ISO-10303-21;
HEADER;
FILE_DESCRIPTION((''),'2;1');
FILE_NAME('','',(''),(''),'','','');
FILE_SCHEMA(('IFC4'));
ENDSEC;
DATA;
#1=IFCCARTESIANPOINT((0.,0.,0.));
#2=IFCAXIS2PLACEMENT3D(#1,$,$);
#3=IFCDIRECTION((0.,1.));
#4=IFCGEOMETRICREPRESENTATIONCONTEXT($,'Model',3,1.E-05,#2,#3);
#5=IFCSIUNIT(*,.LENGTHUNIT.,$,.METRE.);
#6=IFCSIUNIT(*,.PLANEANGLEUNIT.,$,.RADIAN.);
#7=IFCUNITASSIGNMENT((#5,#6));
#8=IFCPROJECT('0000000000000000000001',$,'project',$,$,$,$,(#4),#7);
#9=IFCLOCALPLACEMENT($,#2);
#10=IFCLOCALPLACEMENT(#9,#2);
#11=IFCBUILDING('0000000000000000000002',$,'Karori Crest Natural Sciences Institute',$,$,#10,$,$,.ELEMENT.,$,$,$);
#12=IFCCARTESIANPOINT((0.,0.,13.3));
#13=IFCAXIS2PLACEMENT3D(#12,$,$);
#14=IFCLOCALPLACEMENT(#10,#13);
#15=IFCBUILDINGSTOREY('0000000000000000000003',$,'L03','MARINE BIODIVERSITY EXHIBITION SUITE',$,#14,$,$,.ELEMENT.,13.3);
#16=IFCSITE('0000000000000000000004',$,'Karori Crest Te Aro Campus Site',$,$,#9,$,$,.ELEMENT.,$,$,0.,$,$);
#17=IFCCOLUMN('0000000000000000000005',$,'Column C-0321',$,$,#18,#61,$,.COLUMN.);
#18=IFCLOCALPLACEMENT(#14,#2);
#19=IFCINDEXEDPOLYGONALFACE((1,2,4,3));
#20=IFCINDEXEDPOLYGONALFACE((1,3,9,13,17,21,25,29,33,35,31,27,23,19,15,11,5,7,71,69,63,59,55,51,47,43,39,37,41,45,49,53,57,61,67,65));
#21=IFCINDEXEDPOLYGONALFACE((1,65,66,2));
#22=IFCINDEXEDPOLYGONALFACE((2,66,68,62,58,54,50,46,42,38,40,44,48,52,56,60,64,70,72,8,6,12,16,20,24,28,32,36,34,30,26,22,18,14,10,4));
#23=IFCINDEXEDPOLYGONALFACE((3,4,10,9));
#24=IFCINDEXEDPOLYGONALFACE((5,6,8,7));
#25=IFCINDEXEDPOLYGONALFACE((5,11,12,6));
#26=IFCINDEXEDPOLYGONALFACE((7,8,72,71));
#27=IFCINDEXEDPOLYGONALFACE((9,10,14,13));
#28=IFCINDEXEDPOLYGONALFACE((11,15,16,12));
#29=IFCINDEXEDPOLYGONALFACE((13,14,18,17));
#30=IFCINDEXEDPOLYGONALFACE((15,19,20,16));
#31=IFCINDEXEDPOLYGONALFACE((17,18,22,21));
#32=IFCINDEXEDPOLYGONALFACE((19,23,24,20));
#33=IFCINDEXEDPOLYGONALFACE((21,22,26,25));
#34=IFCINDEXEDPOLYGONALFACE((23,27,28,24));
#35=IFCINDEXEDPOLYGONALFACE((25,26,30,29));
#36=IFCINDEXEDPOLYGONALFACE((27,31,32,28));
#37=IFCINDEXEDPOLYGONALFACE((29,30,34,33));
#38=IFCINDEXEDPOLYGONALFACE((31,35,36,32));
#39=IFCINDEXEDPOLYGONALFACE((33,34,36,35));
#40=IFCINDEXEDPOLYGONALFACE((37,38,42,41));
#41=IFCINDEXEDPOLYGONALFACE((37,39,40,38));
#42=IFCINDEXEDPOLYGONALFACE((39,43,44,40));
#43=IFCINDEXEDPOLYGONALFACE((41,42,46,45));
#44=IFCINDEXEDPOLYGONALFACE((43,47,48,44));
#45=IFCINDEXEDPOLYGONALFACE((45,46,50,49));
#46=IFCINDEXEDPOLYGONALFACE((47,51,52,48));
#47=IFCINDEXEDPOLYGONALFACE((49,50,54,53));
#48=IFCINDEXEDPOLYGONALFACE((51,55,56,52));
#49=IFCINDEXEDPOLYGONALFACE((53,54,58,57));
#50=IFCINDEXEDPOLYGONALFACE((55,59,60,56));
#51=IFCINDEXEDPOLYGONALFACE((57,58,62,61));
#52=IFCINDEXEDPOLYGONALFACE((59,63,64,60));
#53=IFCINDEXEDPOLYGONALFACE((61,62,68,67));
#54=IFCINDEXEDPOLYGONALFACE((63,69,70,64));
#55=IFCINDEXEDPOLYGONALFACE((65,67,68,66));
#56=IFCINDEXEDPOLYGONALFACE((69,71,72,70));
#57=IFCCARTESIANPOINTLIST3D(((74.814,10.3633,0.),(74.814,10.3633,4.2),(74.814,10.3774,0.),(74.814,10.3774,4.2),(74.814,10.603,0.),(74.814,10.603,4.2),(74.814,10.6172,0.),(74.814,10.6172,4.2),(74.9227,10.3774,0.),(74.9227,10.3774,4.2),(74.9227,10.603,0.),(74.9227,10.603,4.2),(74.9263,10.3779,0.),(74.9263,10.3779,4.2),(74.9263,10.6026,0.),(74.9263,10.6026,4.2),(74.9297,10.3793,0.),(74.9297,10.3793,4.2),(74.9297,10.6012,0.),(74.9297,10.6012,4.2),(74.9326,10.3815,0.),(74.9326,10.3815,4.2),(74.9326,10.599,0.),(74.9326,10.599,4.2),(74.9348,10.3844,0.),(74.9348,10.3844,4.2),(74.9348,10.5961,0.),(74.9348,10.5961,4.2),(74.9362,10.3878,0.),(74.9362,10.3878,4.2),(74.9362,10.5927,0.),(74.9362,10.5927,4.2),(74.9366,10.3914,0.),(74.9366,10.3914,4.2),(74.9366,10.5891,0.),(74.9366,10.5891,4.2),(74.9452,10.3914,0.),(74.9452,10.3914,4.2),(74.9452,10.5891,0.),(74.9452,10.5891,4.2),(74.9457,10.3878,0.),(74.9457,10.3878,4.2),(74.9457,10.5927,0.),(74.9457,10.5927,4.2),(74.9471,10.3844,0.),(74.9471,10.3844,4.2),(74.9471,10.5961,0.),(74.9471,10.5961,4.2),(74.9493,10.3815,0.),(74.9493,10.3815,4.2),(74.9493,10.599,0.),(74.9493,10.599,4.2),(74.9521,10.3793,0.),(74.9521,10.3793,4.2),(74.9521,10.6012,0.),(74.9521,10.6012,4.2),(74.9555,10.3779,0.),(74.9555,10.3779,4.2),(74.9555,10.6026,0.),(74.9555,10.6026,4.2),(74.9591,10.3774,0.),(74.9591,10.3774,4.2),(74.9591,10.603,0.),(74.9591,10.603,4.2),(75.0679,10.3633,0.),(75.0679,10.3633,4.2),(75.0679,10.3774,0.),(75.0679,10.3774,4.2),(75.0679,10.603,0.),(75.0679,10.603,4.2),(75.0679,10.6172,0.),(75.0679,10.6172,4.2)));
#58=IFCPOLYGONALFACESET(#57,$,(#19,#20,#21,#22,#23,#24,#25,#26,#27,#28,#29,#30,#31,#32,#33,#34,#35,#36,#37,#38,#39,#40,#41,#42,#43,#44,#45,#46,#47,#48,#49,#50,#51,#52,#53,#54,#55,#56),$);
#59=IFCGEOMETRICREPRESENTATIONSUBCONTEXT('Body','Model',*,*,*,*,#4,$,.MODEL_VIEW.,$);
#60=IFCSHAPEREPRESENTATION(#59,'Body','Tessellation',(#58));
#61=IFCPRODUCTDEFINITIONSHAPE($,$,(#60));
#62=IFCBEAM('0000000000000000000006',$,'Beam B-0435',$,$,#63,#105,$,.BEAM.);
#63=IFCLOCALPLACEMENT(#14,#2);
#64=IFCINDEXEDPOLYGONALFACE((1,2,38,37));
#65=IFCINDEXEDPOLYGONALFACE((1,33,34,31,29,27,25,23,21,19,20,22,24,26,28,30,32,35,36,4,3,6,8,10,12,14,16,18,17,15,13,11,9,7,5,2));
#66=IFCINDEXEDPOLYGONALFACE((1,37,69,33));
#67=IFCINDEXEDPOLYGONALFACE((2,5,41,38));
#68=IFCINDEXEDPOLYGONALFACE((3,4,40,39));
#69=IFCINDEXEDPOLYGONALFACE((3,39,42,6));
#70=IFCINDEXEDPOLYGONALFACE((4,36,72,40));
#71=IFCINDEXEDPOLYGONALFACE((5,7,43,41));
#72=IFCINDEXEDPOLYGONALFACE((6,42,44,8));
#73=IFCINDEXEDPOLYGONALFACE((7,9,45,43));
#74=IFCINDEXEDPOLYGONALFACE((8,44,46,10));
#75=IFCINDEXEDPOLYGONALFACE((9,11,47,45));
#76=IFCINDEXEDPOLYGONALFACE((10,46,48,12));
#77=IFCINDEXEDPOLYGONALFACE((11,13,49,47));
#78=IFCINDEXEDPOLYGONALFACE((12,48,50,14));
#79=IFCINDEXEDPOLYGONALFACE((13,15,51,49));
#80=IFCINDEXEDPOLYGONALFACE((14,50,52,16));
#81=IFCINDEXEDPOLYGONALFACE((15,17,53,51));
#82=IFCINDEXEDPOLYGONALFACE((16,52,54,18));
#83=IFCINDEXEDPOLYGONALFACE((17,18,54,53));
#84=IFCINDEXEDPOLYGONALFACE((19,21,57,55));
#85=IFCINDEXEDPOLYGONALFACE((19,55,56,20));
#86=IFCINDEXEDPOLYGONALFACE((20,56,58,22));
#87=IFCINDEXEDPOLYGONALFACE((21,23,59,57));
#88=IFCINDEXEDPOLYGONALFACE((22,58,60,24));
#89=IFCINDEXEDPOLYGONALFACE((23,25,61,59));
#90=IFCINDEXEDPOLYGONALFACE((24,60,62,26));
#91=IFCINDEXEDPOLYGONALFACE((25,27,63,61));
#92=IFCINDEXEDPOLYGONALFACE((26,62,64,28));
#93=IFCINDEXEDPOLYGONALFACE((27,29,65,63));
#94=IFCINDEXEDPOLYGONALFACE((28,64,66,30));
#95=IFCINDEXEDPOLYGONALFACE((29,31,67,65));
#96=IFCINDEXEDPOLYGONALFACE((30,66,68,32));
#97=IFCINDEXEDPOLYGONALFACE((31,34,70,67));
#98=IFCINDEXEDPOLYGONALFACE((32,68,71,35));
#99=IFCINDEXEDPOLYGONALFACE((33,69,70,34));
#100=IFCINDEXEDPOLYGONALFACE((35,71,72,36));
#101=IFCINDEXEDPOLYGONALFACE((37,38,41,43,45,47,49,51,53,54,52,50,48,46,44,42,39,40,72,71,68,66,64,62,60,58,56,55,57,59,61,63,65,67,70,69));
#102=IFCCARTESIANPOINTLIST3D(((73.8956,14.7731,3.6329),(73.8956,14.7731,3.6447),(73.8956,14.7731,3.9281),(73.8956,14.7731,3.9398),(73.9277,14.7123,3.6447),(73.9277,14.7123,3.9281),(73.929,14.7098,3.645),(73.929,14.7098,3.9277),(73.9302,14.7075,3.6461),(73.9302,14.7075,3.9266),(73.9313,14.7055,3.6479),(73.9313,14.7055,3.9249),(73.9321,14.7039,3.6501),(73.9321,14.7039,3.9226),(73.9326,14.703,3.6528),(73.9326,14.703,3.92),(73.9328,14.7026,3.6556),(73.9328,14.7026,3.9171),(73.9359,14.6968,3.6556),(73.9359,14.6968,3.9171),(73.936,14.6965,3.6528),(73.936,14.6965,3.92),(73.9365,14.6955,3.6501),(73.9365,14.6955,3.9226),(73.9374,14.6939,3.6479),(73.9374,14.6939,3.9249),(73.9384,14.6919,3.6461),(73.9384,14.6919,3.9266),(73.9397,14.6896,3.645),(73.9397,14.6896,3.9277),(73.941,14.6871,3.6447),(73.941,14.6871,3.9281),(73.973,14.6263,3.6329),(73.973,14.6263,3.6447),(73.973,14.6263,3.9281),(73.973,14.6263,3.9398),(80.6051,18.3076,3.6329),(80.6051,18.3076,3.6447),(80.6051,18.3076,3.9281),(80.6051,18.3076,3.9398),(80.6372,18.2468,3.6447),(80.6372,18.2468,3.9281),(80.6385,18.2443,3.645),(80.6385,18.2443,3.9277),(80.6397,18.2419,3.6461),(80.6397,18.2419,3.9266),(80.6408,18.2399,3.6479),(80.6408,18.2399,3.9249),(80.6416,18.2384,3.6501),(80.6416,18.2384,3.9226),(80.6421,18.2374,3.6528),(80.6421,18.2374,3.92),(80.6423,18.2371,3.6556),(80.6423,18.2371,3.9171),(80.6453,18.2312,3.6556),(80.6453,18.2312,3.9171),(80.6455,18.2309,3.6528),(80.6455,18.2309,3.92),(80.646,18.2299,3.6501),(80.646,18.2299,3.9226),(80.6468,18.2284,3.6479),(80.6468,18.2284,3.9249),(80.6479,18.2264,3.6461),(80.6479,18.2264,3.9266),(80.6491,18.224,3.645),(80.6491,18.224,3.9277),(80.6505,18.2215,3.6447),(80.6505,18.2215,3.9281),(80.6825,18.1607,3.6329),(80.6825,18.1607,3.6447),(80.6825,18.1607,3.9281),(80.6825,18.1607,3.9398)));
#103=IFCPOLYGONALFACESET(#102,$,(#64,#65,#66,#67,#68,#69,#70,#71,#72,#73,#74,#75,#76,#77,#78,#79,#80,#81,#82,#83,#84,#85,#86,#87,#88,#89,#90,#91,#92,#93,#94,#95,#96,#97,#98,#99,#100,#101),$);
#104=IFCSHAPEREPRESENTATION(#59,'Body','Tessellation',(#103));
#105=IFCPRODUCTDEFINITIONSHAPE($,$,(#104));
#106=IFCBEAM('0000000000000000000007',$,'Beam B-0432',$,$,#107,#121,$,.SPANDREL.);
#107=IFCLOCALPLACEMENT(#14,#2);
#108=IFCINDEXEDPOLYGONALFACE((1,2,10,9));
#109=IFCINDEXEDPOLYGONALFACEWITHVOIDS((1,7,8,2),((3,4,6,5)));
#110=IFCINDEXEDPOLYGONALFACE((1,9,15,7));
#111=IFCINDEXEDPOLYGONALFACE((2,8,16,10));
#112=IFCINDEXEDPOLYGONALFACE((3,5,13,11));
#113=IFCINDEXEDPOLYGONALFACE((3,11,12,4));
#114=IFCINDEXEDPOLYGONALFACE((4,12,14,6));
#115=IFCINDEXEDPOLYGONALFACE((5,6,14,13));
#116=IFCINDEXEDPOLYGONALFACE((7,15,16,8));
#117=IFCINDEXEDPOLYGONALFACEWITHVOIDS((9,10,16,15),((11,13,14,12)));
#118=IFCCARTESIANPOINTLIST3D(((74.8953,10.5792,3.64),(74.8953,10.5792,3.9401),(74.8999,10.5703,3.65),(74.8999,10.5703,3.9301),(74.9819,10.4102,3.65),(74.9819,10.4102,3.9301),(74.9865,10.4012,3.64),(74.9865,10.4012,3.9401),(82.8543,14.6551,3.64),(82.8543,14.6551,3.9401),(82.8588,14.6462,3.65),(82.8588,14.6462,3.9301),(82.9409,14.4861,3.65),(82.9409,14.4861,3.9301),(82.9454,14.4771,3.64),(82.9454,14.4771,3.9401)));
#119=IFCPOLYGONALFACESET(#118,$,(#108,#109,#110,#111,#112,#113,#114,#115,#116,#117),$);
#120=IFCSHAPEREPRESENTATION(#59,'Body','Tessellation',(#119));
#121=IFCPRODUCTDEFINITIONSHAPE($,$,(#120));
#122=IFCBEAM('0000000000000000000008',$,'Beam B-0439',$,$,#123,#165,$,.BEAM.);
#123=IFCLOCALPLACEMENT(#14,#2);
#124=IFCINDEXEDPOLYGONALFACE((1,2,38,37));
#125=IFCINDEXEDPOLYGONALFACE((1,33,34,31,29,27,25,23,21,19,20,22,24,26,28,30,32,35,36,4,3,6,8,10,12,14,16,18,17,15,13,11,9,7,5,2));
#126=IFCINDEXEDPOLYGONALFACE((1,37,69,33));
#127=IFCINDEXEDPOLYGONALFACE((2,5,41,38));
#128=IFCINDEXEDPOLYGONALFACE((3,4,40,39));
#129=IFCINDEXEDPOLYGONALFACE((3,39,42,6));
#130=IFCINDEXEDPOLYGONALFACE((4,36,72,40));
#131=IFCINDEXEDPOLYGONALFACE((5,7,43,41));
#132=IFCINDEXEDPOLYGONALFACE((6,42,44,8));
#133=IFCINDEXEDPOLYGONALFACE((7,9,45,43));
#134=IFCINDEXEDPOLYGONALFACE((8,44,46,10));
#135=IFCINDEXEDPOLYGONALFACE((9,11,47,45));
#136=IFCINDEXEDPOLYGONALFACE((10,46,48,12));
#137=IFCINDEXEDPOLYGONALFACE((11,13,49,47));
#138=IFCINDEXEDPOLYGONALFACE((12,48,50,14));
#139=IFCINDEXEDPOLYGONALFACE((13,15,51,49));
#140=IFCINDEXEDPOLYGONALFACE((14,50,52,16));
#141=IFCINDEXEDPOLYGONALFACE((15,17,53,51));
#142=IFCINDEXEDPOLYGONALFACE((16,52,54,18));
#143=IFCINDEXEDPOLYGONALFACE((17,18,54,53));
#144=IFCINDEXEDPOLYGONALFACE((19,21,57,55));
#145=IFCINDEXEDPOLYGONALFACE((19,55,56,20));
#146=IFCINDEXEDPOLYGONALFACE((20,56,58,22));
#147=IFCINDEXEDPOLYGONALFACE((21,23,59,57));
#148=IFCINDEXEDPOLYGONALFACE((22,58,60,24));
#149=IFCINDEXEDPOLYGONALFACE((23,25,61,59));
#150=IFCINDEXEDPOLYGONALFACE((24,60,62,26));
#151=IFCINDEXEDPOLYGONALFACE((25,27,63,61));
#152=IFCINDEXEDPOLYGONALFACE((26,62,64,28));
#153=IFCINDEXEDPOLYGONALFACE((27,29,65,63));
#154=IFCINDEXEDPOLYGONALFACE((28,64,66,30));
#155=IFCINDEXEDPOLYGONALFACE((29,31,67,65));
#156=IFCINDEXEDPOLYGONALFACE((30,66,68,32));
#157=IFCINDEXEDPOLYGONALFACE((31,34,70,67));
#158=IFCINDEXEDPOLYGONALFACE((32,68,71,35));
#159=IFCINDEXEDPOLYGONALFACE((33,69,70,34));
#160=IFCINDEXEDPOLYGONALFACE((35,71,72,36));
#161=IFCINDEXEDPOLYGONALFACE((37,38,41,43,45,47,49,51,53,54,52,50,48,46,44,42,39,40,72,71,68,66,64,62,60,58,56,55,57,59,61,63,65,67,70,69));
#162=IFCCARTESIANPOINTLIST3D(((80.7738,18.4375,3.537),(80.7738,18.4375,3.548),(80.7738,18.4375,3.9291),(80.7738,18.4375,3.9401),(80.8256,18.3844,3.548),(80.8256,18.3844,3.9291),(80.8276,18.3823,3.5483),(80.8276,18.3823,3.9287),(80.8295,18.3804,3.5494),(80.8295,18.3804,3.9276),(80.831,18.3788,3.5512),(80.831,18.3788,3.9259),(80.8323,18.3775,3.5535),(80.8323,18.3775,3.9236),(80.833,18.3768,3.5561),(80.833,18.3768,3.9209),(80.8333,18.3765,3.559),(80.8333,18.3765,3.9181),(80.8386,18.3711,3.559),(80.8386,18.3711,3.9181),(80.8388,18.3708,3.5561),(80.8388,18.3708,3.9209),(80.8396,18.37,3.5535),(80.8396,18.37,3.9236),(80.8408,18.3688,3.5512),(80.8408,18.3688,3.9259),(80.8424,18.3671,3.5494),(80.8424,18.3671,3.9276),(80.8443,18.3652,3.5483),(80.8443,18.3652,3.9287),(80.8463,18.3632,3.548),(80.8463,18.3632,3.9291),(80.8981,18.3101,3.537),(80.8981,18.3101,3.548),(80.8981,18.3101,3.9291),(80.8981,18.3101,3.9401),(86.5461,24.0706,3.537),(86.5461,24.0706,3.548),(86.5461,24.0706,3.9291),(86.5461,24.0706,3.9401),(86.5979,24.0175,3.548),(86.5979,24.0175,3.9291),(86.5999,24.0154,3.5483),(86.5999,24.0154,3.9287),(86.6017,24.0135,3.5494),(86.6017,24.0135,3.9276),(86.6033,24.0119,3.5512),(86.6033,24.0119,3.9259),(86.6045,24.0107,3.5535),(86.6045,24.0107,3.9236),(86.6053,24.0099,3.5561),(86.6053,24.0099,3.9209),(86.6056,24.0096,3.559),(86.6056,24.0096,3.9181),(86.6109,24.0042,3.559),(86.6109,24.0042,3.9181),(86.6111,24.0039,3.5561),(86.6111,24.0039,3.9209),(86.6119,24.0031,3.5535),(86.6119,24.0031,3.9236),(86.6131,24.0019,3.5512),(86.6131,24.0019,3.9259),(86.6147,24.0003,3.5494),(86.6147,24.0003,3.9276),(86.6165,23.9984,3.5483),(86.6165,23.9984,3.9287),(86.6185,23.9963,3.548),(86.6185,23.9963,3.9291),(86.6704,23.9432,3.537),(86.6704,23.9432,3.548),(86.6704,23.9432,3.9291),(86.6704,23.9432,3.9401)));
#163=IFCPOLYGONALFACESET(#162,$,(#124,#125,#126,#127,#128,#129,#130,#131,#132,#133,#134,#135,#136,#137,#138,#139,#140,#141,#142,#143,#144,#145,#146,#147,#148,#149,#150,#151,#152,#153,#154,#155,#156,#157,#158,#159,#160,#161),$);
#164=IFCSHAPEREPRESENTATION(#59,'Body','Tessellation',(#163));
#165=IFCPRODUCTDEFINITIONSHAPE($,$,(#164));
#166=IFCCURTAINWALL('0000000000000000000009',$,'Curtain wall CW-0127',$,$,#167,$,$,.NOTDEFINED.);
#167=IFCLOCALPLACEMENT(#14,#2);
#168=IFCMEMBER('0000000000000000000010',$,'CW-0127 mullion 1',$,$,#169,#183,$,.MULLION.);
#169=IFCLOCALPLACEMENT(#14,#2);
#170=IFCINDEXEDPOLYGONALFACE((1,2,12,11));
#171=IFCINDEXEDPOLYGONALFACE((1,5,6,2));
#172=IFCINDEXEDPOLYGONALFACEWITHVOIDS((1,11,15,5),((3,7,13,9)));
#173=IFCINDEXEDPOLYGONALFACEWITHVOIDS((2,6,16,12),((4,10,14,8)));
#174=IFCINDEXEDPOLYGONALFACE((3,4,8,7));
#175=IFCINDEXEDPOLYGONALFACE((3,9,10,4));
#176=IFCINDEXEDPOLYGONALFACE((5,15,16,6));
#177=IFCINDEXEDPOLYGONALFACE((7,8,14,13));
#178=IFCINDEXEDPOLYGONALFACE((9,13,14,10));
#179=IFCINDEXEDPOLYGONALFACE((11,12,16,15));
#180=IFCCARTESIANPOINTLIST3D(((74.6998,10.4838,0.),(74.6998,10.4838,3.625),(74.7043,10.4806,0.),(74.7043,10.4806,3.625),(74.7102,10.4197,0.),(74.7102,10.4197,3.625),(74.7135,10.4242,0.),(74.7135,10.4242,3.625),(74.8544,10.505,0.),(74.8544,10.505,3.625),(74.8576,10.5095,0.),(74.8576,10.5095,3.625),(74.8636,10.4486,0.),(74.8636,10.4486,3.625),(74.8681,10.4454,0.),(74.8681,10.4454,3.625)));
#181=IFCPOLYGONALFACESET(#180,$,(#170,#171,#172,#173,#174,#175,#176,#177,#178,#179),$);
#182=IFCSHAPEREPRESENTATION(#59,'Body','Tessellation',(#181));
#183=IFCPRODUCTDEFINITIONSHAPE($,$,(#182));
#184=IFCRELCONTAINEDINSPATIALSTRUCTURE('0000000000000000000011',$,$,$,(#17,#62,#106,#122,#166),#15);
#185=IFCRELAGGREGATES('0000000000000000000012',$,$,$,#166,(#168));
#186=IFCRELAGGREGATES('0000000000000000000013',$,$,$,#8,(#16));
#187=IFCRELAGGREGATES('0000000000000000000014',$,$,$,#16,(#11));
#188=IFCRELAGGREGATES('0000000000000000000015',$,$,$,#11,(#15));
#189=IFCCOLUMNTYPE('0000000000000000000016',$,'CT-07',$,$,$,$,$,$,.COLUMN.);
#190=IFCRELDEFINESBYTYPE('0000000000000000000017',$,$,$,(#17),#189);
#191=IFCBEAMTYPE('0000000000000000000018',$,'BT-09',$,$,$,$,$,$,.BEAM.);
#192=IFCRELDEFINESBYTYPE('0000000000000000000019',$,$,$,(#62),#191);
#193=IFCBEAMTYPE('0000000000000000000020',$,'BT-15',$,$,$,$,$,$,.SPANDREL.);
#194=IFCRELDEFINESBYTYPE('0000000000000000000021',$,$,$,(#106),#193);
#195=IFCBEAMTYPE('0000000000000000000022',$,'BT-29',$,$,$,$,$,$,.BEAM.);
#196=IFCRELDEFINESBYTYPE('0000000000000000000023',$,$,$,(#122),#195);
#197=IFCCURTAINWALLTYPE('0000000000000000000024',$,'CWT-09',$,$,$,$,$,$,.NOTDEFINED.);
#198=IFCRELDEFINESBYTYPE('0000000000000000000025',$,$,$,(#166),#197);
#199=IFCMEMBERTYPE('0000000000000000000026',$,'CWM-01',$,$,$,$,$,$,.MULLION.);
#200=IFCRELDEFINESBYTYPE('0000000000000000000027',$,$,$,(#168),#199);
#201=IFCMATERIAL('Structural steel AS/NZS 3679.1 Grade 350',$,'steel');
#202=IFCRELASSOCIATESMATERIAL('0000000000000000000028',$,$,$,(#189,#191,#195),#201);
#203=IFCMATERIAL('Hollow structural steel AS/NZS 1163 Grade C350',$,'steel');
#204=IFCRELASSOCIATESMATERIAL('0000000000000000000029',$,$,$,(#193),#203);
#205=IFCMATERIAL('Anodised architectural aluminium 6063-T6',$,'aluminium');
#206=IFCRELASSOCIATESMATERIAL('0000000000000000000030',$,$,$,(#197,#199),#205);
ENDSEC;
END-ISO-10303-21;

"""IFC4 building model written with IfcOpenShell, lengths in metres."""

from ifc_helpers import new_model, si_unit, direction, frame, origin, origin_2d, place, context, subcontext, project, spatial, hollow_rectangle, i_section, extrude, material, material_profile, profile_set, type_object, element, aggregate, save


model = new_model("IFC4")

# Units and contexts
model_context = context("Model", 3, precision=1e-05, world=origin(), true_north=direction((0.0, 1.0)))
body_context = subcontext(model_context, "Body", "Model", "MODEL_VIEW")
ifc_project = project(units=[si_unit("LENGTHUNIT", "METRE"), si_unit("PLANEANGLEUNIT", "RADIAN")], contexts=[model_context])

# Site, building, storey
site_placement = place(None, origin())
site = spatial("IfcSite", under=ifc_project, at=site_placement, Name="Karori Crest Te Aro Campus Site", CompositionType="ELEMENT", RefElevation=0.0)
building_placement = place(site_placement, origin())
building = spatial("IfcBuilding", under=site, at=building_placement, Name="Karori Crest Natural Sciences Institute", CompositionType="ELEMENT")
storey_placement = place(building_placement, frame((0.0, 0.0, 13.3)))
storey = spatial("IfcBuildingStorey", under=building, at=storey_placement, Name="L03", Description="MARINE BIODIVERSITY EXHIBITION SUITE", CompositionType="ELEMENT", Elevation=13.3)

# Column
ifc_material_1 = material(Name="Structural steel AS/NZS 3679.1 Grade 350", Category="steel")
ifc_material_profile_1 = material_profile(ifc_material_1, i_section(OverallWidth=0.2539, OverallDepth=0.2539, WebThickness=0.0085, FlangeThickness=0.0142, FilletRadius=0.0139, at=origin_2d()), Name="250UC72.9")
ifc_profile_set_1 = profile_set([ifc_material_profile_1], Name="Structural steel AS/NZS 3679.1 Grade 350")
column_type = type_object("IfcColumnType", Name="CT-07", PredefinedType="COLUMN", material=ifc_profile_set_1)
column_placement = place(storey_placement, frame((74.9409, 10.4902, 0.0), z_axis=(0.0, 0.0, 1.0), x_axis=(1.0, 0.0, 0.0)))
element("IfcColumn", 1, at=column_placement, inside=storey, type_object=column_type, Name="Column C-0321", PredefinedType="COLUMN", context=body_context, shape_type="SweptSolid", body=[
    extrude(i_section(OverallWidth=0.2539, OverallDepth=0.2539, WebThickness=0.0085, FlangeThickness=0.0142, FilletRadius=0.0139, at=origin_2d()), origin(), (0.0, 0.0, 1.0), 4.2),
])

# Beams
ifc_material_profile_2 = material_profile(ifc_material_1, i_section(OverallWidth=0.166, OverallDepth=0.3069, WebThickness=0.0066, FlangeThickness=0.0117, FilletRadius=0.011, at=origin_2d()), Name="310UB46.2")
ifc_profile_set_2 = profile_set([ifc_material_profile_2], Name="Structural steel AS/NZS 3679.1 Grade 350")
beam_type_1 = type_object("IfcBeamType", Name="BT-09", PredefinedType="BEAM", material=ifc_profile_set_2)
beam_1_placement = place(storey_placement, frame((73.9343, 14.6997, 3.7864), z_axis=(0.884748, 0.466069, 0.0), x_axis=(-0.466069, 0.884748, 0.0)))
element("IfcBeam", 2, at=beam_1_placement, inside=storey, type_object=beam_type_1, Name="Beam B-0435", PredefinedType="BEAM", context=body_context, shape_type="SweptSolid", body=[
    extrude(i_section(OverallWidth=0.166, OverallDepth=0.3069, WebThickness=0.0066, FlangeThickness=0.0117, FilletRadius=0.011, at=origin_2d()), origin(), (0.0, 0.0, 1.0), 7.5835),
])
ifc_material_2 = material(Name="Hollow structural steel AS/NZS 1163 Grade C350", Category="steel")
ifc_material_profile_3 = material_profile(ifc_material_2, hollow_rectangle(XDim=0.2, YDim=0.3, WallThickness=0.01, at=origin_2d()), Name="RHS300x200x10")
ifc_profile_set_3 = profile_set([ifc_material_profile_3], Name="Hollow structural steel AS/NZS 1163 Grade C350")
beam_type_2 = type_object("IfcBeamType", Name="BT-15", PredefinedType="SPANDREL", material=ifc_profile_set_3)
beam_2_placement = place(storey_placement, frame((74.9409, 10.4902, 3.79), z_axis=(0.890072, 0.45582, 0.0), x_axis=(-0.45582, 0.890072, 0.0)))
element("IfcBeam", 3, at=beam_2_placement, inside=storey, type_object=beam_type_2, Name="Beam B-0432", PredefinedType="SPANDREL", context=body_context, shape_type="SweptSolid", body=[
    extrude(hollow_rectangle(XDim=0.2, YDim=0.3, WallThickness=0.01, at=origin_2d()), origin(), (0.0, 0.0, 1.0), 8.9419),
])
ifc_material_profile_4 = material_profile(ifc_material_1, i_section(OverallWidth=0.178, OverallDepth=0.4031, WebThickness=0.0076, FlangeThickness=0.011, FilletRadius=0.011, at=origin_2d()), Name="410UB53.7")
ifc_profile_set_4 = profile_set([ifc_material_profile_4], Name="Structural steel AS/NZS 3679.1 Grade 350")
beam_type_3 = type_object("IfcBeamType", Name="BT-29", PredefinedType="BEAM", material=ifc_profile_set_4)
beam_3_placement = place(storey_placement, frame((80.8359, 18.3738, 3.7385), z_axis=(0.715681, 0.698427, 0.0), x_axis=(-0.698427, 0.715681, 0.0)))
element("IfcBeam", 4, at=beam_3_placement, inside=storey, type_object=beam_type_3, Name="Beam B-0439", PredefinedType="BEAM", context=body_context, shape_type="SweptSolid", body=[
    extrude(i_section(OverallWidth=0.178, OverallDepth=0.4031, WebThickness=0.0076, FlangeThickness=0.011, FilletRadius=0.011, at=origin_2d()), origin(), (0.0, 0.0, 1.0), 8.0654),
])

# Curtain wall, member
ifc_material_3 = material(Name="Anodised architectural aluminium 6063-T6", Category="aluminium")
curtain_wall_type_1 = type_object("IfcCurtainWallType", Name="CWT-09", PredefinedType="NOTDEFINED", material=ifc_material_3)
curtain_wall_1_placement = place(storey_placement, origin())
curtain_wall_1 = element("IfcCurtainWall", 5, at=curtain_wall_1_placement, inside=storey, type_object=curtain_wall_type_1, Name="Curtain wall CW-0127", PredefinedType="NOTDEFINED")
ifc_material_profile_5 = material_profile(ifc_material_3, hollow_rectangle(XDim=0.0649, YDim=0.1599, WallThickness=0.0039, at=origin_2d()), Name="CWM160x65x4")
ifc_profile_set_5 = profile_set([ifc_material_profile_5], Name="Anodised architectural aluminium 6063-T6")
member_type_1 = type_object("IfcMemberType", Name="CWM-01", PredefinedType="MULLION", material=ifc_profile_set_5)
member_1_placement = place(storey_placement, frame((74.7839, 10.4646, 0.0), z_axis=(0.0, 0.0, 1.0), x_axis=(0.16065, -0.987011, 0.0)))
member_1 = element("IfcMember", 6, at=member_1_placement, type_object=member_type_1, Name="CW-0127 mullion 1", PredefinedType="MULLION", context=body_context, shape_type="SweptSolid", body=[
    extrude(hollow_rectangle(XDim=0.0649, YDim=0.1599, WallThickness=0.0039, at=origin_2d()), origin(), (0.0, 0.0, 1.0), 3.625),
])

aggregate(curtain_wall_1, [member_1])

save(model, "model.ifc")
